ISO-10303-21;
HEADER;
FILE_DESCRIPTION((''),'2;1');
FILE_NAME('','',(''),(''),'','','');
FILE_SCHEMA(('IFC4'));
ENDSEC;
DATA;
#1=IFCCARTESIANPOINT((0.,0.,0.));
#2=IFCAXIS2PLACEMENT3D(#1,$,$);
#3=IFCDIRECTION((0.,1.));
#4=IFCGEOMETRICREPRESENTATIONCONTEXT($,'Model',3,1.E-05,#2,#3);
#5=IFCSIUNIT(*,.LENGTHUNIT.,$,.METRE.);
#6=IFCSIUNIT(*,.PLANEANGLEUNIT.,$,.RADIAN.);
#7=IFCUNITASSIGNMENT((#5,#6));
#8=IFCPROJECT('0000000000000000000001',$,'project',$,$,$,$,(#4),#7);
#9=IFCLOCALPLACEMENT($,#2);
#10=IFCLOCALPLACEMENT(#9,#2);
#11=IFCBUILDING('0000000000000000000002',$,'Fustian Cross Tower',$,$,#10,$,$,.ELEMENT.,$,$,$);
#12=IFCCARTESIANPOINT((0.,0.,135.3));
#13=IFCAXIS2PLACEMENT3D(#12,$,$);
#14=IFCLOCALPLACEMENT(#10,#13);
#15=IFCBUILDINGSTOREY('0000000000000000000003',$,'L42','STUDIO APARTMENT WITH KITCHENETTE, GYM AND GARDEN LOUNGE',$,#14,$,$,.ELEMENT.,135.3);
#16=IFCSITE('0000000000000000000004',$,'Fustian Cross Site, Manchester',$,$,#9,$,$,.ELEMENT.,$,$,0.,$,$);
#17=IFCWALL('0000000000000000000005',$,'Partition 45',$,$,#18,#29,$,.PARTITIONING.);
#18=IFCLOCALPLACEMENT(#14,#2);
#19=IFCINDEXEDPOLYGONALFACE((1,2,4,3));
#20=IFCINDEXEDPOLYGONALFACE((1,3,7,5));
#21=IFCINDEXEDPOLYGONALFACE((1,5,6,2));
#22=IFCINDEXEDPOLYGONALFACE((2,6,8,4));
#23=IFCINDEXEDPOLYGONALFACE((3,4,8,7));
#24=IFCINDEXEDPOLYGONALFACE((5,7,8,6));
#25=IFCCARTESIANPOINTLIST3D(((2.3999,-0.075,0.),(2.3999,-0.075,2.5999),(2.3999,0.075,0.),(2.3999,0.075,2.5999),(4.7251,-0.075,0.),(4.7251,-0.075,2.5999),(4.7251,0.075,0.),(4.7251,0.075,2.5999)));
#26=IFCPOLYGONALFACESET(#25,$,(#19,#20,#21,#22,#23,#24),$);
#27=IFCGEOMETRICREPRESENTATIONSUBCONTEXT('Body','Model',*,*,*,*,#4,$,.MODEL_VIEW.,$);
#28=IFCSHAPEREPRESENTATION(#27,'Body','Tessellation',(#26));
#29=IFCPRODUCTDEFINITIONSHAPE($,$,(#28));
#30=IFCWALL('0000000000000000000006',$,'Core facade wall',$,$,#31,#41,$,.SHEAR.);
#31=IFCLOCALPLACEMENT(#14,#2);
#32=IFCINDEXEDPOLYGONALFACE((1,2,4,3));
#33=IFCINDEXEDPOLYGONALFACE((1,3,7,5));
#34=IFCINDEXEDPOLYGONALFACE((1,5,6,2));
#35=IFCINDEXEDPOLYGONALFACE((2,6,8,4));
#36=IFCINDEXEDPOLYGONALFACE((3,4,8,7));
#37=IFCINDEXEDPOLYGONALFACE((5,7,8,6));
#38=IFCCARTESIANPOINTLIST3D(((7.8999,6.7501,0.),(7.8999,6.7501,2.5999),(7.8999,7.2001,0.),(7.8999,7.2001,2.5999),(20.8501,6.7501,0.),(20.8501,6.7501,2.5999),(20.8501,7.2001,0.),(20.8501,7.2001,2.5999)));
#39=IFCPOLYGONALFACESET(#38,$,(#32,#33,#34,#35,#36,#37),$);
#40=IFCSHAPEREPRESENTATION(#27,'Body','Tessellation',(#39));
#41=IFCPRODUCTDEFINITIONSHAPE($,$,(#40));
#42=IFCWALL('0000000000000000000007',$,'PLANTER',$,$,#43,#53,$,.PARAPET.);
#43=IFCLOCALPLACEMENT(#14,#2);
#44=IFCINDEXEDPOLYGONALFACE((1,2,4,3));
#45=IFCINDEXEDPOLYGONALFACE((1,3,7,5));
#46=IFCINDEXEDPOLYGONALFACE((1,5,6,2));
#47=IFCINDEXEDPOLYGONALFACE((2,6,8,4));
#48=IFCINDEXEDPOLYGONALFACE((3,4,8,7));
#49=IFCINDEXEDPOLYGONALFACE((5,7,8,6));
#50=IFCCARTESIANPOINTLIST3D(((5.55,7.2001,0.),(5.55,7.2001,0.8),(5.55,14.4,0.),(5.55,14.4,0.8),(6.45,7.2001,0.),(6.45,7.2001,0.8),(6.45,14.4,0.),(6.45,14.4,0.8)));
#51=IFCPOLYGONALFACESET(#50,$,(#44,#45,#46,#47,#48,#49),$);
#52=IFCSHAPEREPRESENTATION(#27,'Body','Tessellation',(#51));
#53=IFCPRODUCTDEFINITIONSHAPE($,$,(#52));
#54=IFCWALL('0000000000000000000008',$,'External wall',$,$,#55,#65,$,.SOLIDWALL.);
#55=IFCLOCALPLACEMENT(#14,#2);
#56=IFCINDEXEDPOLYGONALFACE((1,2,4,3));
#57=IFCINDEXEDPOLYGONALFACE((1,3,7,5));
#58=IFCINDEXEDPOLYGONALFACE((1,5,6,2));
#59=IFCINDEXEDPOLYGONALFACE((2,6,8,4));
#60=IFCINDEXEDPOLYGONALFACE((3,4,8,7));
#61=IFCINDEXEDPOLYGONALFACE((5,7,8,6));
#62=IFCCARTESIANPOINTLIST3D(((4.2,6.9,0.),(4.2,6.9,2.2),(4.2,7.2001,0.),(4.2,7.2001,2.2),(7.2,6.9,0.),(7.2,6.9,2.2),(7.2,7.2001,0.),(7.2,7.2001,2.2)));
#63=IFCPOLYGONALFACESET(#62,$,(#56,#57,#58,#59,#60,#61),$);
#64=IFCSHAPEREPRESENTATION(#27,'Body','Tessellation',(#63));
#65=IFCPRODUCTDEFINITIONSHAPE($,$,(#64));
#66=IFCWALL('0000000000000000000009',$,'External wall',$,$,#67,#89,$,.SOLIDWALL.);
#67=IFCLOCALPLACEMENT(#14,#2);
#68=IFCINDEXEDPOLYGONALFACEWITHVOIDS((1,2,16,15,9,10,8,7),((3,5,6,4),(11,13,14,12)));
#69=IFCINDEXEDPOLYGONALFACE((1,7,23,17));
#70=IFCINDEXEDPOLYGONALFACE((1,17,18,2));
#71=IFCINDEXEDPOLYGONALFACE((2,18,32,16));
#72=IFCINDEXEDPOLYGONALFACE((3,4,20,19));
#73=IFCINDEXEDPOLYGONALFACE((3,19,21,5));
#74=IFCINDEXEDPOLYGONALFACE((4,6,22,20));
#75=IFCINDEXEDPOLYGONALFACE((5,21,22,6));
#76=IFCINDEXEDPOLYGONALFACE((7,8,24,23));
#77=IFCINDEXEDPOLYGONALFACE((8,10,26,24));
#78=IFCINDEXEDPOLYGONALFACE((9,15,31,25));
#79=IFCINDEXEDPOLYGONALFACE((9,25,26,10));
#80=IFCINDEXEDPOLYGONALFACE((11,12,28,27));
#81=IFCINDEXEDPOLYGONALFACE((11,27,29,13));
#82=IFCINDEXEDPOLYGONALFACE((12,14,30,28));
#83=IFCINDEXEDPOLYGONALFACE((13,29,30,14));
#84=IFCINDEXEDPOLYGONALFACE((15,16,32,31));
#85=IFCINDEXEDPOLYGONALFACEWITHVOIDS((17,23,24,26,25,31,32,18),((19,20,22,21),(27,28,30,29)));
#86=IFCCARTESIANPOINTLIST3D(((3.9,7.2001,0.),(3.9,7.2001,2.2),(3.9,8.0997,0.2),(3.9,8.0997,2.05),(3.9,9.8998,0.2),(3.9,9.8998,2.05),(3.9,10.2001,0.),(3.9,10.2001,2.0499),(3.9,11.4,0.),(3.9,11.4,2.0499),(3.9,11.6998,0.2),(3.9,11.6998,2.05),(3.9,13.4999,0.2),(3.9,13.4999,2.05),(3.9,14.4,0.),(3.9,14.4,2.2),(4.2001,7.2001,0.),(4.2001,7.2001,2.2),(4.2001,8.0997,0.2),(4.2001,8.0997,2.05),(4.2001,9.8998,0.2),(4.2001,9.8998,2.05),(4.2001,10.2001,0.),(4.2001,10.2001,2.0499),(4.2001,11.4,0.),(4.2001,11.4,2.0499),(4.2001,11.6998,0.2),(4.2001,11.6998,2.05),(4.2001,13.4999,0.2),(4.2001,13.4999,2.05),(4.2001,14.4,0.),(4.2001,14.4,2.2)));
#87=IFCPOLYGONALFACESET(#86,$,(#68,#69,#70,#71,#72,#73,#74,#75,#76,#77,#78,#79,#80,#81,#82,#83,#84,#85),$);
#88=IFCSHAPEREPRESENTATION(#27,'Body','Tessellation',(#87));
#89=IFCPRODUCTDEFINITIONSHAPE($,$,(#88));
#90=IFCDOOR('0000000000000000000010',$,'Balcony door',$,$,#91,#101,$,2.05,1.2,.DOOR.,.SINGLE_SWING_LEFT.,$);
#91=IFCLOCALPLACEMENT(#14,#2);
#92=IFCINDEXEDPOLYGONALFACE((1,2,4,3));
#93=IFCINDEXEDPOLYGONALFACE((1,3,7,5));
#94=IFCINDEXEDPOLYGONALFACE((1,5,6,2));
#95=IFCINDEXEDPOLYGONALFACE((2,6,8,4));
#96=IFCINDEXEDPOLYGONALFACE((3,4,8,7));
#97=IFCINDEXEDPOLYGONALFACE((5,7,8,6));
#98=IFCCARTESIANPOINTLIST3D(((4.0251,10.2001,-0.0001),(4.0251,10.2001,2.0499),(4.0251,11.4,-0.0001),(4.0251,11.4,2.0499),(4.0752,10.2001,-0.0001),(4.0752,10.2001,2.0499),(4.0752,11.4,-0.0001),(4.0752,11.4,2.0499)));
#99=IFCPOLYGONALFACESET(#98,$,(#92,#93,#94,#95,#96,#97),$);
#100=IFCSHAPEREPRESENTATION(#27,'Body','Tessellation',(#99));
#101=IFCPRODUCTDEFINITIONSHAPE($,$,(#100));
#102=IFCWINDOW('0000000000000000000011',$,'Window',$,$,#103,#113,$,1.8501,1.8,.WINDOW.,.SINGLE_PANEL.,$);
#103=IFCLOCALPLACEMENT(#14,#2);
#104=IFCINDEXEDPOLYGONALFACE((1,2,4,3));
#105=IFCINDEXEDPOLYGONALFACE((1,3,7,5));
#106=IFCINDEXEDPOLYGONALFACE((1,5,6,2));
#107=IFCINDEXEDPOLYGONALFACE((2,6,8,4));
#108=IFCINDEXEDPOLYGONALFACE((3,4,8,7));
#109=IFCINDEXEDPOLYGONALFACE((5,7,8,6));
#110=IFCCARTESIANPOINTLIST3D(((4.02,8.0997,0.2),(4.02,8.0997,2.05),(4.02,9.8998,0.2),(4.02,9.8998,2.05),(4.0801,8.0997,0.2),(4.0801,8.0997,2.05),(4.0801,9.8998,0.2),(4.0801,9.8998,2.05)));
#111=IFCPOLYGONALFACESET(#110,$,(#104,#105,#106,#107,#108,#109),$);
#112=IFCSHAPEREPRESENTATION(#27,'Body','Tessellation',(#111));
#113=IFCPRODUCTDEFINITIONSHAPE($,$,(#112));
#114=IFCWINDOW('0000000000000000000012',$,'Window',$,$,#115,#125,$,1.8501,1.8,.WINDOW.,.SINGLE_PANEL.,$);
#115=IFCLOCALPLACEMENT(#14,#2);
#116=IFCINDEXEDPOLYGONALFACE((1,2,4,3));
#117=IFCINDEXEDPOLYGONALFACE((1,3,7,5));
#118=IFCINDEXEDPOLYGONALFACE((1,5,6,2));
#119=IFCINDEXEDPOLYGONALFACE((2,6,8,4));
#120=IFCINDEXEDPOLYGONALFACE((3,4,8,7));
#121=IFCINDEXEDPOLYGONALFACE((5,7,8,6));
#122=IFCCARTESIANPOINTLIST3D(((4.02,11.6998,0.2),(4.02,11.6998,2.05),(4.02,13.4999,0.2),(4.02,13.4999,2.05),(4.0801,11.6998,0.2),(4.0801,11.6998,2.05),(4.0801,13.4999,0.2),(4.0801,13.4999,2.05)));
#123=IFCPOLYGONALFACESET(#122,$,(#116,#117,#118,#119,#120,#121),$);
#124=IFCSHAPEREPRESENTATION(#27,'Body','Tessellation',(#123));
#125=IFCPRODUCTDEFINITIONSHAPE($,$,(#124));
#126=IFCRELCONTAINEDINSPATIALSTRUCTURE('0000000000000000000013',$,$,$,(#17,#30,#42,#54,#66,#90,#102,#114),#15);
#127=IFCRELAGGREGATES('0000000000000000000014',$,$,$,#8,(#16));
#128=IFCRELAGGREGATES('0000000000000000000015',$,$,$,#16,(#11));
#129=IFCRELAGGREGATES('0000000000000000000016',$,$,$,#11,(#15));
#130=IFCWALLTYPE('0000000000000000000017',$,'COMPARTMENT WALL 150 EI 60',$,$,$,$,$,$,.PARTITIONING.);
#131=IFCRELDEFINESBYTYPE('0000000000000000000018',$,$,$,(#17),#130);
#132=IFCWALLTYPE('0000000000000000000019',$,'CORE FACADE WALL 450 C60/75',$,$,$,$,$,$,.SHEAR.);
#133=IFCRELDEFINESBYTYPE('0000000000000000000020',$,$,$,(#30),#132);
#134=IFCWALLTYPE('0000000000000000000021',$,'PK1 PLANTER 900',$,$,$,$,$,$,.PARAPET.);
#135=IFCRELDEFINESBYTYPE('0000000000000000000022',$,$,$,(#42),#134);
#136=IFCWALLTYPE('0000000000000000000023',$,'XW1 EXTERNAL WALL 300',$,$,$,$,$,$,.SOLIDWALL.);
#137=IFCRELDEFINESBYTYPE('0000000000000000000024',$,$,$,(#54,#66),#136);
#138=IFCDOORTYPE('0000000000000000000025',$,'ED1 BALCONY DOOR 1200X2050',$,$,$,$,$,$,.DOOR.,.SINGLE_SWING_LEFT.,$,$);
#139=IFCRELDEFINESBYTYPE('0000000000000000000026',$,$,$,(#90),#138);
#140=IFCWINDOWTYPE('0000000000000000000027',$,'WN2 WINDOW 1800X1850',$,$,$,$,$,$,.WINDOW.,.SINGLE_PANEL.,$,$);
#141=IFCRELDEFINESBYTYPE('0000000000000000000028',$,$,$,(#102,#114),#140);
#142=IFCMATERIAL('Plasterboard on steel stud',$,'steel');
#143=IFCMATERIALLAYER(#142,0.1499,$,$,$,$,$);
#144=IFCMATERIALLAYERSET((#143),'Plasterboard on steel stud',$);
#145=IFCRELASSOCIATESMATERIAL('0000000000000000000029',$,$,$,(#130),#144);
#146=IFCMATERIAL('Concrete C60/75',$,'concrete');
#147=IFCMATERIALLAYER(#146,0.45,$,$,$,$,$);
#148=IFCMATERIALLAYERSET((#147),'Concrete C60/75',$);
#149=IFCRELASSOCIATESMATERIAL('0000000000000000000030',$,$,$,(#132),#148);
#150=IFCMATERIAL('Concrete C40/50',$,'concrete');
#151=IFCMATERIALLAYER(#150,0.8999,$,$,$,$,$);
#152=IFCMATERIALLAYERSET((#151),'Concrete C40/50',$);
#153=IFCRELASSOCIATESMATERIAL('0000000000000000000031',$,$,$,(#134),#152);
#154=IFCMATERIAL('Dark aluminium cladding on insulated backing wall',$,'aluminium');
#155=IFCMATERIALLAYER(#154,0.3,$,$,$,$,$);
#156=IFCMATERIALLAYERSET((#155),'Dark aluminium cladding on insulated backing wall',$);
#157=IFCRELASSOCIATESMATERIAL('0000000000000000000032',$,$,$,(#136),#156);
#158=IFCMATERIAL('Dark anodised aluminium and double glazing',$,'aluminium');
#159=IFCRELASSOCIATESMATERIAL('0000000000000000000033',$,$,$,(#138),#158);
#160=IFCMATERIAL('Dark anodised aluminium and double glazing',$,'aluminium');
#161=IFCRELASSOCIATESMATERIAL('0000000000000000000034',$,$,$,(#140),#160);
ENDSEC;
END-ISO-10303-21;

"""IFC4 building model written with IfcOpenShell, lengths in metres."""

from ifc_helpers import new_model, si_unit, direction, frame, frame_2d, origin, place, context, subcontext, project, spatial, rectangle, extrude, material, layer, layer_set, type_object, element, fill, save


model = new_model("IFC4")

# Units and contexts
model_context = context("Model", 3, precision=1e-05, world=origin(), true_north=direction((0.0, 1.0)))
body_context = subcontext(model_context, "Body", "Model", "MODEL_VIEW")
ifc_project = project(units=[si_unit("LENGTHUNIT", "METRE"), si_unit("PLANEANGLEUNIT", "RADIAN")], contexts=[model_context])

# Site, building, storey
site_placement = place(None, origin())
site = spatial("IfcSite", under=ifc_project, at=site_placement, Name="Fustian Cross Site, Manchester", CompositionType="ELEMENT", RefElevation=0.0)
building_placement = place(site_placement, origin())
building = spatial("IfcBuilding", under=site, at=building_placement, Name="Fustian Cross Tower", CompositionType="ELEMENT")
storey_placement = place(building_placement, frame((0.0, 0.0, 135.3)))
storey = spatial("IfcBuildingStorey", under=building, at=storey_placement, Name="L42", Description="STUDIO APARTMENT WITH KITCHENETTE, GYM AND GARDEN LOUNGE", CompositionType="ELEMENT", Elevation=135.3)

# Shared definitions
ifc_material_1 = material(Name="Plasterboard on steel stud", Category="steel")
ifc_layer_1 = layer(ifc_material_1, 0.1499)
ifc_layer_set_1 = layer_set([ifc_layer_1], Name="Plasterboard on steel stud")
wall_type_1 = type_object("IfcWallType", Name="COMPARTMENT WALL 150 EI 60", PredefinedType="PARTITIONING", material=ifc_layer_set_1)

# Walls
wall_1_placement = place(storey_placement, frame((2.3999, 0.0, 0.0), z_axis=(0.0, 0.0, 1.0), x_axis=(1.0, 0.0, 0.0)))
element("IfcWall", 1, at=wall_1_placement, inside=storey, type_object=wall_type_1, Name="Partition 45", PredefinedType="PARTITIONING", context=body_context, shape_type="SweptSolid", body=[
    extrude(rectangle(XDim=2.3252, YDim=0.1499, at=frame_2d((1.1626, 0.0))), origin(), (0.0, 0.0, 1.0), 2.5999),
])
ifc_material_2 = material(Name="Concrete C60/75", Category="concrete")
ifc_layer_2 = layer(ifc_material_2, 0.45)
ifc_layer_set_2 = layer_set([ifc_layer_2], Name="Concrete C60/75")
wall_type_2 = type_object("IfcWallType", Name="CORE FACADE WALL 450 C60/75", PredefinedType="SHEAR", material=ifc_layer_set_2)
wall_2_placement = place(storey_placement, frame((7.8999, 6.9751, 0.0), z_axis=(0.0, 0.0, 1.0), x_axis=(1.0, 0.0, 0.0)))
element("IfcWall", 2, at=wall_2_placement, inside=storey, type_object=wall_type_2, Name="Core facade wall", PredefinedType="SHEAR", context=body_context, shape_type="SweptSolid", body=[
    extrude(rectangle(XDim=12.9502, YDim=0.45, at=frame_2d((6.4751, 0.0))), origin(), (0.0, 0.0, 1.0), 2.5999),
])
ifc_material_3 = material(Name="Concrete C40/50", Category="concrete")
ifc_layer_3 = layer(ifc_material_3, 0.8999)
ifc_layer_set_3 = layer_set([ifc_layer_3], Name="Concrete C40/50")
wall_type_3 = type_object("IfcWallType", Name="PK1 PLANTER 900", PredefinedType="PARAPET", material=ifc_layer_set_3)
wall_3_placement = place(storey_placement, frame((6.0, 7.2, 0.0), z_axis=(0.0, 0.0, 1.0), x_axis=(0.0, 1.0, 0.0)))
element("IfcWall", 3, at=wall_3_placement, inside=storey, type_object=wall_type_3, Name="PLANTER", PredefinedType="PARAPET", context=body_context, shape_type="SweptSolid", body=[
    extrude(rectangle(XDim=7.2, YDim=0.8999, at=frame_2d((3.6001, 0.0))), origin(), (0.0, 0.0, 1.0), 0.8),
])
ifc_material_4 = material(Name="Dark aluminium cladding on insulated backing wall", Category="aluminium")
ifc_layer_4 = layer(ifc_material_4, 0.3)
ifc_layer_set_4 = layer_set([ifc_layer_4], Name="Dark aluminium cladding on insulated backing wall")
wall_type_4 = type_object("IfcWallType", Name="XW1 EXTERNAL WALL 300", PredefinedType="SOLIDWALL", material=ifc_layer_set_4)
wall_4_placement = place(storey_placement, frame((7.2, 7.05, 0.0), z_axis=(0.0, 0.0, 1.0), x_axis=(-1.0, 0.0, 0.0)))
element("IfcWall", 4, at=wall_4_placement, inside=storey, type_object=wall_type_4, Name="External wall", PredefinedType="SOLIDWALL", context=body_context, shape_type="SweptSolid", body=[
    extrude(rectangle(XDim=3.0, YDim=0.3, at=frame_2d((1.5, 0.0))), origin(), (0.0, 0.0, 1.0), 2.2),
])

# Wall, openings, door, windows
wall_5_placement = place(storey_placement, frame((4.05, 7.2, 0.0), z_axis=(0.0, 0.0, 1.0), x_axis=(0.0, 1.0, 0.0)))
wall_5 = element("IfcWall", 5, at=wall_5_placement, inside=storey, type_object=wall_type_4, Name="External wall", PredefinedType="SOLIDWALL", context=body_context, shape_type="SweptSolid", body=[
    extrude(rectangle(XDim=7.2, YDim=0.3, at=frame_2d((3.6001, 0.0))), origin(), (0.0, 0.0, 1.0), 2.2),
])
opening_1_placement = place(wall_5_placement, frame((3.0, 0.0, 0.0)))
opening_1 = element("IfcOpeningElement", 6, at=opening_1_placement, cuts=wall_5, PredefinedType="OPENING", context=body_context, shape_type="SweptSolid", body=[
    extrude(rectangle(XDim=1.2, YDim=2.05, at=frame_2d((0.6001, 1.0249))), frame((0.0, 0.1599, 0.0), z_axis=(0.0, -1.0, 0.0), x_axis=(1.0, 0.0, 0.0)), (0.0, 0.0, 1.0), 0.3201),
])
opening_2_placement = place(wall_5_placement, frame((0.8999, 0.0, 0.2)))
opening_2 = element("IfcOpeningElement", 7, at=opening_2_placement, cuts=wall_5, PredefinedType="OPENING", context=body_context, shape_type="SweptSolid", body=[
    extrude(rectangle(XDim=1.8, YDim=1.8501, at=frame_2d((0.8999, 0.925))), frame((0.0, 0.1599, 0.0), z_axis=(0.0, -1.0, 0.0), x_axis=(1.0, 0.0, 0.0)), (0.0, 0.0, 1.0), 0.3201),
])
opening_3_placement = place(wall_5_placement, frame((4.5, 0.0, 0.2)))
opening_3 = element("IfcOpeningElement", 8, at=opening_3_placement, cuts=wall_5, PredefinedType="OPENING", context=body_context, shape_type="SweptSolid", body=[
    extrude(rectangle(XDim=1.8, YDim=1.8501, at=frame_2d((0.8999, 0.925))), frame((0.0, 0.1599, 0.0), z_axis=(0.0, -1.0, 0.0), x_axis=(1.0, 0.0, 0.0)), (0.0, 0.0, 1.0), 0.3201),
])
ifc_material_5 = material(Name="Dark anodised aluminium and double glazing", Category="aluminium")
door_type_1 = type_object("IfcDoorType", Name="ED1 BALCONY DOOR 1200X2050", OperationType="SINGLE_SWING_LEFT", PredefinedType="DOOR", material=ifc_material_5)
door_1_placement = place(opening_1_placement, origin())
door_1 = element("IfcDoor", 9, at=door_1_placement, inside=storey, type_object=door_type_1, Name="Balcony door", OperationType="SINGLE_SWING_LEFT", OverallHeight=2.05, OverallWidth=1.2, PredefinedType="DOOR", context=body_context, shape_type="SweptSolid", body=[
    extrude(rectangle(XDim=1.2, YDim=2.05, at=frame_2d((0.6001, 1.0249))), frame((0.0, 0.0249, 0.0), z_axis=(0.0, -1.0, 0.0), x_axis=(1.0, 0.0, 0.0)), (0.0, 0.0, 1.0), 0.05),
])
fill(opening_1, door_1)
ifc_material_6 = material(Name="Dark anodised aluminium and double glazing", Category="aluminium")
window_type = type_object("IfcWindowType", Name="WN2 WINDOW 1800X1850", PartitioningType="SINGLE_PANEL", PredefinedType="WINDOW", material=ifc_material_6)
window_1_placement = place(opening_2_placement, origin())
window_1 = element("IfcWindow", 10, at=window_1_placement, inside=storey, type_object=window_type, Name="Window", OverallHeight=1.8501, OverallWidth=1.8, PartitioningType="SINGLE_PANEL", PredefinedType="WINDOW", context=body_context, shape_type="SweptSolid", body=[
    extrude(rectangle(XDim=1.8, YDim=1.8501, at=frame_2d((0.8999, 0.925))), frame((0.0, 0.03, 0.0), z_axis=(0.0, -1.0, 0.0), x_axis=(1.0, 0.0, 0.0)), (0.0, 0.0, 1.0), 0.0601),
])
fill(opening_2, window_1)
window_2_placement = place(opening_3_placement, origin())
window_2 = element("IfcWindow", 11, at=window_2_placement, inside=storey, type_object=window_type, Name="Window", OverallHeight=1.8501, OverallWidth=1.8, PartitioningType="SINGLE_PANEL", PredefinedType="WINDOW", context=body_context, shape_type="SweptSolid", body=[
    extrude(rectangle(XDim=1.8, YDim=1.8501, at=frame_2d((0.8999, 0.925))), frame((0.0, 0.03, 0.0), z_axis=(0.0, -1.0, 0.0), x_axis=(1.0, 0.0, 0.0)), (0.0, 0.0, 1.0), 0.0601),
])
fill(opening_3, window_2)

save(model, "model.ifc")
